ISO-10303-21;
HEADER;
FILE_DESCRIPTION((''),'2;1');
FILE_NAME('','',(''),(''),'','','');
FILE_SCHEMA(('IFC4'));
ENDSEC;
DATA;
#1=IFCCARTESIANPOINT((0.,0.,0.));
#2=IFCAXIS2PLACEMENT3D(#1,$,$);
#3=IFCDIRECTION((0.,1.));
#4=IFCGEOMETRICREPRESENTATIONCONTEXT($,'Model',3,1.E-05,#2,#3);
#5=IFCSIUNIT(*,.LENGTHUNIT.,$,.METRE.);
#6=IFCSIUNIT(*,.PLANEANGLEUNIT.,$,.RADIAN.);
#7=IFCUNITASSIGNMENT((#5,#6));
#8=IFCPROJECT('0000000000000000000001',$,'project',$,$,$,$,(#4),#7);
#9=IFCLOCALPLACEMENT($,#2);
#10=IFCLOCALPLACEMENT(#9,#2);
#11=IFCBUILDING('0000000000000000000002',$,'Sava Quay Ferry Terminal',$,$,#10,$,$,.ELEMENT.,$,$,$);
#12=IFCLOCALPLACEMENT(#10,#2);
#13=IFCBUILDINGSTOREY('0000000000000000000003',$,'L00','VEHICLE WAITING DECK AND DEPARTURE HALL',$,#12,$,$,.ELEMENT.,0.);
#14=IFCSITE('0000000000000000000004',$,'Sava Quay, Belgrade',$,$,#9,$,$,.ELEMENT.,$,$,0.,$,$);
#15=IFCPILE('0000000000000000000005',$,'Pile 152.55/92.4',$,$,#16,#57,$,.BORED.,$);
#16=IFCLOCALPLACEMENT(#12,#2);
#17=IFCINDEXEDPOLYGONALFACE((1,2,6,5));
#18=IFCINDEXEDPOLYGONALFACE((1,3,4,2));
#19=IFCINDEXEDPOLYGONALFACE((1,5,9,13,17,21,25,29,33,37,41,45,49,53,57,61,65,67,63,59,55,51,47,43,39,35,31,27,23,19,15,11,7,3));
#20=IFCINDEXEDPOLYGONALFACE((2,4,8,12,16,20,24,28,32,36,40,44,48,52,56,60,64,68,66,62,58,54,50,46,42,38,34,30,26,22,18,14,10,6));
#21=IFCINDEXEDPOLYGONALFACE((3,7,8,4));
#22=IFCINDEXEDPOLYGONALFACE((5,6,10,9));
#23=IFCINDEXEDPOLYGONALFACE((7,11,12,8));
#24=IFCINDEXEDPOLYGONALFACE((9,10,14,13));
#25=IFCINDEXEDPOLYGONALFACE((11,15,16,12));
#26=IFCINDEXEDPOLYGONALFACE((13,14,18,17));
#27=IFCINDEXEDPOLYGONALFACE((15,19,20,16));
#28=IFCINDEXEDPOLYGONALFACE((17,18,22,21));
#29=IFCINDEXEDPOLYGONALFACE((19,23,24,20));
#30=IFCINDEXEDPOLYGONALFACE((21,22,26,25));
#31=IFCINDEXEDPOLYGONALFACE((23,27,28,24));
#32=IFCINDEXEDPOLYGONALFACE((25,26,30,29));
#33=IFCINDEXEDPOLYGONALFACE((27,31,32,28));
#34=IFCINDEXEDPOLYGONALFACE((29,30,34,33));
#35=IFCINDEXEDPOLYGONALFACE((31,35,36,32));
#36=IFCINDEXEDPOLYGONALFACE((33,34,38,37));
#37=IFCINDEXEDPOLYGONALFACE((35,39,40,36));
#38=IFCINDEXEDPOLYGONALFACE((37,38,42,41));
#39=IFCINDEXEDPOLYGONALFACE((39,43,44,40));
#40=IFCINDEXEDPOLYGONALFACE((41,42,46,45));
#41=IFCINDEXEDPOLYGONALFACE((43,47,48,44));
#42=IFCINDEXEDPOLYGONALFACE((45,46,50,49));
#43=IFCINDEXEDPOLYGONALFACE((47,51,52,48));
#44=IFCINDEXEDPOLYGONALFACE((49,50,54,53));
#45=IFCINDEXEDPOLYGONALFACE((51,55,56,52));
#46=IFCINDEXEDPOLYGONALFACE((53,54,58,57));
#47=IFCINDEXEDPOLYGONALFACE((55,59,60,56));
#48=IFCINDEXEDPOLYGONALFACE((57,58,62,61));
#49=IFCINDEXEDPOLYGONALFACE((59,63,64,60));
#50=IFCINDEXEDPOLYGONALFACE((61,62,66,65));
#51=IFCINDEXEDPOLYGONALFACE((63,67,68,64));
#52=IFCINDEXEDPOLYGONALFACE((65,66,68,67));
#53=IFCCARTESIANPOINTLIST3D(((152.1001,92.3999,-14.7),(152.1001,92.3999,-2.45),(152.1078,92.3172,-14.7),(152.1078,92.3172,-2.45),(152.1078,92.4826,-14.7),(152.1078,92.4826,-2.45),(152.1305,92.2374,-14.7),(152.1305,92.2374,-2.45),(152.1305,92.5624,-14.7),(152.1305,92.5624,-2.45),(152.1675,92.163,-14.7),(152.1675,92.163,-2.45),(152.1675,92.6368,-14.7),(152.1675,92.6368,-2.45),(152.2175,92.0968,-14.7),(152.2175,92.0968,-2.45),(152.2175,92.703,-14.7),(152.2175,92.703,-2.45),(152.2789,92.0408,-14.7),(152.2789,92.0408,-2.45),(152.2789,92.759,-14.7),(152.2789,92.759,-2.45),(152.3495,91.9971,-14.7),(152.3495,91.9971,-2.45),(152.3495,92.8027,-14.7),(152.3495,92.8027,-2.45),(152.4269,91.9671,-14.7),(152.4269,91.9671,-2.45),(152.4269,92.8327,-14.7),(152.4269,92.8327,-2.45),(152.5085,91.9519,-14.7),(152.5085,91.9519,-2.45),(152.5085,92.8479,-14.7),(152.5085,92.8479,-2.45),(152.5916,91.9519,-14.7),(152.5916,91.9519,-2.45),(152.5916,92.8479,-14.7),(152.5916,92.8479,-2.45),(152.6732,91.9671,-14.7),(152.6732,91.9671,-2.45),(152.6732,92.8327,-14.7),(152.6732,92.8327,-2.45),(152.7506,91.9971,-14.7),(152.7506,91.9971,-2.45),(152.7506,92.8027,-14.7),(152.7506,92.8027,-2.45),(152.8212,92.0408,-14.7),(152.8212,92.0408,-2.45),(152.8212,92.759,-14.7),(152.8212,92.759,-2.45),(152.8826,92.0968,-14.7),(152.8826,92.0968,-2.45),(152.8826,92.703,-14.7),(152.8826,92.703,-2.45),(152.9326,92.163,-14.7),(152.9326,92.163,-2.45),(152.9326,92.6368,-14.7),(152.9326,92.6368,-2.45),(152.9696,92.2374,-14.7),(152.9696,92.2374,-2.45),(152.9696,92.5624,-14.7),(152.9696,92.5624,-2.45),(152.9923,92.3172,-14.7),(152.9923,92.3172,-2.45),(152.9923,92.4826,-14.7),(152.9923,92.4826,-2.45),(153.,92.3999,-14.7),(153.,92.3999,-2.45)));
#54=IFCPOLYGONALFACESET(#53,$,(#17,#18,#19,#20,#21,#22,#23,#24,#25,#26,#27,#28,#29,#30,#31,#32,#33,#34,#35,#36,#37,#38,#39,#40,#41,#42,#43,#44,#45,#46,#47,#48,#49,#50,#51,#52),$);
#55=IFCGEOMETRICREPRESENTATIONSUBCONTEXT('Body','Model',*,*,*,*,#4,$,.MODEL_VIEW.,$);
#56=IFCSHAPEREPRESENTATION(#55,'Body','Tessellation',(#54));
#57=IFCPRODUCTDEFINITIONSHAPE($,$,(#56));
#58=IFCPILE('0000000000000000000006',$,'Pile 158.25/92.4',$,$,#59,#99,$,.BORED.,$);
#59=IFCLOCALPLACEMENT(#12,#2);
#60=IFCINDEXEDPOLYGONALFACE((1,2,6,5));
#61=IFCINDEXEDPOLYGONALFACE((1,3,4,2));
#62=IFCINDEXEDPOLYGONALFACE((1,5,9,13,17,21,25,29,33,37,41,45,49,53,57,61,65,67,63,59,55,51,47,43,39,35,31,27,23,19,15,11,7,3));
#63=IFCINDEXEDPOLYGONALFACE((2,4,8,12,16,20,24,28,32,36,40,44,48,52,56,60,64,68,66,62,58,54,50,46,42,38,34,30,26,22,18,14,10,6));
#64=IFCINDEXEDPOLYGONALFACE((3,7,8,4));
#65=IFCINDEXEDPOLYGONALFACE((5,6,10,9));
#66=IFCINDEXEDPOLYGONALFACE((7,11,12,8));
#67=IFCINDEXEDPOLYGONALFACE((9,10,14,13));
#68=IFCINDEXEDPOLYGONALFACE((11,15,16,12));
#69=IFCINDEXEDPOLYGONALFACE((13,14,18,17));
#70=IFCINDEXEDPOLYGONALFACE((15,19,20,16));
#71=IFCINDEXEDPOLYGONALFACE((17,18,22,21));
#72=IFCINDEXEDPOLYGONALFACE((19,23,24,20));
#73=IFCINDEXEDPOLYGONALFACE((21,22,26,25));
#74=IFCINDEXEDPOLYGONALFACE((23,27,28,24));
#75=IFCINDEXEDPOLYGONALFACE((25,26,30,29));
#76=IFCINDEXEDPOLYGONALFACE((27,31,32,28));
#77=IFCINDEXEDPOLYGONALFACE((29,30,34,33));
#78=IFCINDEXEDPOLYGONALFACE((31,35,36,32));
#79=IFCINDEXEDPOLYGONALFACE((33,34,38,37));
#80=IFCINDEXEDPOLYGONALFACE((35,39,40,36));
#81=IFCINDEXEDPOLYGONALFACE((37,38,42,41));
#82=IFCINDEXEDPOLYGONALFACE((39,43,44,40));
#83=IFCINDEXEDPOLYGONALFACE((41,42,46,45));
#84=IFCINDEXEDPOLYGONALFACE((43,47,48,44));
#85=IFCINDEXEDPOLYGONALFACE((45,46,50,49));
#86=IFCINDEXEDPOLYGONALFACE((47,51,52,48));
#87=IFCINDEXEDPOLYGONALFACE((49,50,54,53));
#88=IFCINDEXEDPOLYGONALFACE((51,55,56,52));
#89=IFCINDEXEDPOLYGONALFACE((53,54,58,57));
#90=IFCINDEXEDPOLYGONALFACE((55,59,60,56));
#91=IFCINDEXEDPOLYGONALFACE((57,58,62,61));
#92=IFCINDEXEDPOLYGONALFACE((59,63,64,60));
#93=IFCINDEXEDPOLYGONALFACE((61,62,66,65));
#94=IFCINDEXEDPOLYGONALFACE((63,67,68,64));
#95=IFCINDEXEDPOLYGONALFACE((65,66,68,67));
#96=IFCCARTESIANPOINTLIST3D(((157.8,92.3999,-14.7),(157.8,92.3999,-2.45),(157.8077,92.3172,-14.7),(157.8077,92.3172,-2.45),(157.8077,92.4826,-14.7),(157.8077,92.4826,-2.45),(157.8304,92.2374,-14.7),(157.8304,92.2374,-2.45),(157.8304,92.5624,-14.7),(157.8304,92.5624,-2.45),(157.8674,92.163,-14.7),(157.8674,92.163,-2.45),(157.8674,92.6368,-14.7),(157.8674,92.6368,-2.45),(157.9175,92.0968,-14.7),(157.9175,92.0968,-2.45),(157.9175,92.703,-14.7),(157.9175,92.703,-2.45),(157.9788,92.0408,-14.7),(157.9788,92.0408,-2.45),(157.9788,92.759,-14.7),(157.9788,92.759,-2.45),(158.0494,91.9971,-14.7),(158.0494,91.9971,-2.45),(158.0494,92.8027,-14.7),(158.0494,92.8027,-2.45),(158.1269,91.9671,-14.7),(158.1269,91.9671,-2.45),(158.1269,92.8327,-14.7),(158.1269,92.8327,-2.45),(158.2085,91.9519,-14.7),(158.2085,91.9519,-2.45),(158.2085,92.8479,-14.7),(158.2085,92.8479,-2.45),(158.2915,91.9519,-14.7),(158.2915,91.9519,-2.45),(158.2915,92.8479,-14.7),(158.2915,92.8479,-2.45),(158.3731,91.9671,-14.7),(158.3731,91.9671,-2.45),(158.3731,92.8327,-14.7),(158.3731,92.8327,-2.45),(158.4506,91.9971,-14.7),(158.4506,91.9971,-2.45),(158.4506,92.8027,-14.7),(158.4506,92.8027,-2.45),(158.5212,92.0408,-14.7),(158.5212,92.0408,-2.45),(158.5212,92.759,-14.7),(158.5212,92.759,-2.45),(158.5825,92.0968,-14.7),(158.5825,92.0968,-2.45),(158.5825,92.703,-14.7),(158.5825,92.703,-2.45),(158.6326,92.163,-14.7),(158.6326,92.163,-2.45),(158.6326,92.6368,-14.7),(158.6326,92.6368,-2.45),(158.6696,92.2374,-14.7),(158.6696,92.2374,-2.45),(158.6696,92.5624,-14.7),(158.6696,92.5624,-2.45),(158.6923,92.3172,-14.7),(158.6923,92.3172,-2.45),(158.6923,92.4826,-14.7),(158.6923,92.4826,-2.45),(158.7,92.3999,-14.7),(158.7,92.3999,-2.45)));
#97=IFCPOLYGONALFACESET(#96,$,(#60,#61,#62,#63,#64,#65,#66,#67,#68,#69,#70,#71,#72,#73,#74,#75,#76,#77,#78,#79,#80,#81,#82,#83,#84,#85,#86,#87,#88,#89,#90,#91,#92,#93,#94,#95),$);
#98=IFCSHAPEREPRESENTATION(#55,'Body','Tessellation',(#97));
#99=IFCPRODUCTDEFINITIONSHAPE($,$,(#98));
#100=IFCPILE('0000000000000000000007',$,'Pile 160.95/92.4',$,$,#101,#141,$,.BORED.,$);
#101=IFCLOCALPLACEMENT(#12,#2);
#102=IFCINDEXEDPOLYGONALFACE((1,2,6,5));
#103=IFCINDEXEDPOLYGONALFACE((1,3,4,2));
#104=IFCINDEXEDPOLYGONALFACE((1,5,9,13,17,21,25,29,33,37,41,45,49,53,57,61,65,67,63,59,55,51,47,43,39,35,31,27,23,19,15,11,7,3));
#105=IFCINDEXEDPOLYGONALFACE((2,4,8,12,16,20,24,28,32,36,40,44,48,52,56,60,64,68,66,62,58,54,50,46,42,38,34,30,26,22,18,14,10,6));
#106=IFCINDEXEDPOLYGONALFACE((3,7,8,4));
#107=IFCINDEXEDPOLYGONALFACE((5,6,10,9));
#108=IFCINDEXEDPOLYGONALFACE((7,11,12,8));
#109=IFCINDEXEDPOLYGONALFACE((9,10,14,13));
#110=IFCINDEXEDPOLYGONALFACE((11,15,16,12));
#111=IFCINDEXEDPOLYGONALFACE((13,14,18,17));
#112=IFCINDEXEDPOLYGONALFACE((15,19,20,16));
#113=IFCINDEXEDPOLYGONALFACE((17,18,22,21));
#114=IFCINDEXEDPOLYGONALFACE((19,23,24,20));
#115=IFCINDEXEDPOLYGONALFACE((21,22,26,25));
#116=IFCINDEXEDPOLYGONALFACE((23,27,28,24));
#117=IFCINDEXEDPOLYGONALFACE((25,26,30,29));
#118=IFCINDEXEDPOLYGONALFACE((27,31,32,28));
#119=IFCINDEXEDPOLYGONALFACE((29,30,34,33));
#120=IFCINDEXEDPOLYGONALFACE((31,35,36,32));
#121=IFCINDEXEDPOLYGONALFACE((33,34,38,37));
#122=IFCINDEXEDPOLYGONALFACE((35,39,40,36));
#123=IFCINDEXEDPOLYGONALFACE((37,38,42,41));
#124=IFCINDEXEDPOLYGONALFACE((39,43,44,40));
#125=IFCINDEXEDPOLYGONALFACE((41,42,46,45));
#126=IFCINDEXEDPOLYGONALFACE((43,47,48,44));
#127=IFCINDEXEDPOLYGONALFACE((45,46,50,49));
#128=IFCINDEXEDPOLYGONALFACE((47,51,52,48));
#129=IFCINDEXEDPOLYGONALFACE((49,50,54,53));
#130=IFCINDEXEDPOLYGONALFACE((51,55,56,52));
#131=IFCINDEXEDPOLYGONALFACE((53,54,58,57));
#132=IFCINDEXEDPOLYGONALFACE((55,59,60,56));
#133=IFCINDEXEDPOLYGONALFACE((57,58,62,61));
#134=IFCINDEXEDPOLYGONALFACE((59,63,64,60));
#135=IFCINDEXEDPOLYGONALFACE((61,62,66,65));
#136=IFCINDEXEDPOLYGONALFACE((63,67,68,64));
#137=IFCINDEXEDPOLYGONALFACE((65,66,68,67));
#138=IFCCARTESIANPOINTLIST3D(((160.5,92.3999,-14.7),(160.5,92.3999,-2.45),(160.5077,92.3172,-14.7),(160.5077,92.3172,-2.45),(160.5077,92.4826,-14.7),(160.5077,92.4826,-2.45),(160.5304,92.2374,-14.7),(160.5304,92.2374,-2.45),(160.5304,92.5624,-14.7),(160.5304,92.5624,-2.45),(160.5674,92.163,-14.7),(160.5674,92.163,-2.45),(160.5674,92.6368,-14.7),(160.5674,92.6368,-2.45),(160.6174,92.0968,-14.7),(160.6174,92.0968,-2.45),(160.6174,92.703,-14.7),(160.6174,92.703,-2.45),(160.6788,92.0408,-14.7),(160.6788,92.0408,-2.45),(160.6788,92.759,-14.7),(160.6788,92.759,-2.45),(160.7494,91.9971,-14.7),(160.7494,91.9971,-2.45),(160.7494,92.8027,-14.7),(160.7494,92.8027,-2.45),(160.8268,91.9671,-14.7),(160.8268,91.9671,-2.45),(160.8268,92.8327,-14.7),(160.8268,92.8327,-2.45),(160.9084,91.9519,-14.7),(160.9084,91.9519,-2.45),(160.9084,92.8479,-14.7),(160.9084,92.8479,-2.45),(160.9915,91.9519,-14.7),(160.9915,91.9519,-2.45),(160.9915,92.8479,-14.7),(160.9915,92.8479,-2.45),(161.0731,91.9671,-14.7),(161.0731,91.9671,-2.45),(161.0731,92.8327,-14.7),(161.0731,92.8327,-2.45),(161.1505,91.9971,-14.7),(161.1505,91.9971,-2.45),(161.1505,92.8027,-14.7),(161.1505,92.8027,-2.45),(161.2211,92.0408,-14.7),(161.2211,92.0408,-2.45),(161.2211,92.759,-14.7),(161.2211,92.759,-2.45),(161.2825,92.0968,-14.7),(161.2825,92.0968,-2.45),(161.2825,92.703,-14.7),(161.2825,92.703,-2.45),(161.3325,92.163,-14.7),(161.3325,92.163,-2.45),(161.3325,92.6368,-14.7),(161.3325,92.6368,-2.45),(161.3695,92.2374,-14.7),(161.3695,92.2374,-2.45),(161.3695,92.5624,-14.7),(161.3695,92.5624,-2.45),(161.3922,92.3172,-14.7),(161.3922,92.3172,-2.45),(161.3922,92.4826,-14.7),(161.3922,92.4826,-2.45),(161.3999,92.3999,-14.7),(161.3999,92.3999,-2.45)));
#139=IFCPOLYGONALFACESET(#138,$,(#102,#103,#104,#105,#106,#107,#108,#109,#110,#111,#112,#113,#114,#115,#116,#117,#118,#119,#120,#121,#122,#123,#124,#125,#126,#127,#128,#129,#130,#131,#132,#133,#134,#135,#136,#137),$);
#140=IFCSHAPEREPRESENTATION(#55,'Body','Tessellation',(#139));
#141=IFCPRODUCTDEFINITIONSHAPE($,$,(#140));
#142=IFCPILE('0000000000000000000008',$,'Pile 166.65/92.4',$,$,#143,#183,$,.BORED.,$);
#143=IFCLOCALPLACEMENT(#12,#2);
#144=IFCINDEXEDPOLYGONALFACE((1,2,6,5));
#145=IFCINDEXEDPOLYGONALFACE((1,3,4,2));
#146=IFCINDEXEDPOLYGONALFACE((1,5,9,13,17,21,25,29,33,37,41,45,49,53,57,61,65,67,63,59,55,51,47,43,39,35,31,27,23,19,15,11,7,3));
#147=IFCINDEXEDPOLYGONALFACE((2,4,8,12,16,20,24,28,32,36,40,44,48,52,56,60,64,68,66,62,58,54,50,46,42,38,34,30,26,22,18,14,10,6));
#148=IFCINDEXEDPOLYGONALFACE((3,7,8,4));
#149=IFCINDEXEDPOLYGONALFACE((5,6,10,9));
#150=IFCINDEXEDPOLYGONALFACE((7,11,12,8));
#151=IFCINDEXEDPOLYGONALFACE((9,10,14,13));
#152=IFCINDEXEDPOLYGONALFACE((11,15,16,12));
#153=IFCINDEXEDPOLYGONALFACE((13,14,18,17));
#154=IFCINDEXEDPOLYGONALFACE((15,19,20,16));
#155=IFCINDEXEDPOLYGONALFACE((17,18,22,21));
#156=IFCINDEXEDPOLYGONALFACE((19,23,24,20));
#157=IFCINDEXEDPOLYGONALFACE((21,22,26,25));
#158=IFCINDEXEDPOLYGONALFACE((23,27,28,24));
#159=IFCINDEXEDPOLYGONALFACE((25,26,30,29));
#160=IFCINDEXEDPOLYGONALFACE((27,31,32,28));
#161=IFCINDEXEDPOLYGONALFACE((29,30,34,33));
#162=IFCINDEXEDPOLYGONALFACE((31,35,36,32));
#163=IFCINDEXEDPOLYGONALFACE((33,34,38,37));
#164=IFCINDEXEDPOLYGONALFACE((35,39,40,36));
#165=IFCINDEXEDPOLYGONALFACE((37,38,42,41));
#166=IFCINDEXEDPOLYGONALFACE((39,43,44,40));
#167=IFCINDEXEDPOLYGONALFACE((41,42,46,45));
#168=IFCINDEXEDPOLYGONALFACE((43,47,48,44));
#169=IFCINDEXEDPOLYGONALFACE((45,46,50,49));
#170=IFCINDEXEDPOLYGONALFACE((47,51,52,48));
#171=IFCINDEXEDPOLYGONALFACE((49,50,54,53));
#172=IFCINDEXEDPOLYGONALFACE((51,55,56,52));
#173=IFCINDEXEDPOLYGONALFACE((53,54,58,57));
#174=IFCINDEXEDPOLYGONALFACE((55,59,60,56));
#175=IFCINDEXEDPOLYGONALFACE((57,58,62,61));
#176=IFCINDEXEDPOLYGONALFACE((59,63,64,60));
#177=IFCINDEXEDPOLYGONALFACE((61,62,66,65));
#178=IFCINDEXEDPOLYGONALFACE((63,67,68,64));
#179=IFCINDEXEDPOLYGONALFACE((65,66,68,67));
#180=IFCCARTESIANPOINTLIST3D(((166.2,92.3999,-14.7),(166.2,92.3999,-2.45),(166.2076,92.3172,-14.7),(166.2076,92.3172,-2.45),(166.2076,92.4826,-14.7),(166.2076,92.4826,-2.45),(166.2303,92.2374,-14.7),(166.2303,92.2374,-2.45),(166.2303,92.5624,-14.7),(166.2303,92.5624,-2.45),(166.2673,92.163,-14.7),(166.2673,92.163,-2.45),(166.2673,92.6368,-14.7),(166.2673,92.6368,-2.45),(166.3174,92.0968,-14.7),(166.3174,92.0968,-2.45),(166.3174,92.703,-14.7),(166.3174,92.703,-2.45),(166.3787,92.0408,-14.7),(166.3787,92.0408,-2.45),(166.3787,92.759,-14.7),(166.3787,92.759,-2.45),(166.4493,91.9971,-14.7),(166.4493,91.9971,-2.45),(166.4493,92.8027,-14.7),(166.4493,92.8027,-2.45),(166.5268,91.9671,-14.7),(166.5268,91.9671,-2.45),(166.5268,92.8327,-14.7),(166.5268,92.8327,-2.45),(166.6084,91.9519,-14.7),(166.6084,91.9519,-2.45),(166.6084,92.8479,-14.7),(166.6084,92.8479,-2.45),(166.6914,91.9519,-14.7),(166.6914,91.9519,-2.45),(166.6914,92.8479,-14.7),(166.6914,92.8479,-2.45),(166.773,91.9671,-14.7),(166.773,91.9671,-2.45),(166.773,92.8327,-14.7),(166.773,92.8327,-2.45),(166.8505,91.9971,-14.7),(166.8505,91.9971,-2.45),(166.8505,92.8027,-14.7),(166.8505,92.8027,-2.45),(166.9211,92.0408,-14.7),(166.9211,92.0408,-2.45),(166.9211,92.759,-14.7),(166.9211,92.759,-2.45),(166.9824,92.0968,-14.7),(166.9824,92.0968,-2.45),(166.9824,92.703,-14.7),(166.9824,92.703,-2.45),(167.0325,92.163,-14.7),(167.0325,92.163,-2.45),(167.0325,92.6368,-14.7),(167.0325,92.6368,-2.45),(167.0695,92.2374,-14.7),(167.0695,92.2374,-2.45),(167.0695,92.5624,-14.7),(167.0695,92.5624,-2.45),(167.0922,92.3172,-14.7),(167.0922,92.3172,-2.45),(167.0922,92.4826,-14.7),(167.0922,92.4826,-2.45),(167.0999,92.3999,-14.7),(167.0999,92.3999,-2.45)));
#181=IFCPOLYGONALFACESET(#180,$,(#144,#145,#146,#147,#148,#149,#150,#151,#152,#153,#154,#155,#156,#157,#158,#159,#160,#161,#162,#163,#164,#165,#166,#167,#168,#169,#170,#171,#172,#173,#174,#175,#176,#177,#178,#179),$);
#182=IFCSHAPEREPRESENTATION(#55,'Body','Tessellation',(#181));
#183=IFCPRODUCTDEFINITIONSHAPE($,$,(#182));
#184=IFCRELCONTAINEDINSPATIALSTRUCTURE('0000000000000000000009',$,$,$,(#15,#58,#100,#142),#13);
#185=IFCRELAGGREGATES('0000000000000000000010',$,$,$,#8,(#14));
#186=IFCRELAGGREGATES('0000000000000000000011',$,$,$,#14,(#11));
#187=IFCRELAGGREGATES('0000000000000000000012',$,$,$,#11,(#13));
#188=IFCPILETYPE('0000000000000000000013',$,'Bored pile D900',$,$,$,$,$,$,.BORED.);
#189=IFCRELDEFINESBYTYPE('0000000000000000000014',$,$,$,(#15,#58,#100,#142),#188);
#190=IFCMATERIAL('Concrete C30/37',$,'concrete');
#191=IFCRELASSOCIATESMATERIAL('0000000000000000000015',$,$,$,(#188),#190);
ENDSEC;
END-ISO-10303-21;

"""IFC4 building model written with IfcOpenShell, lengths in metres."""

from ifc_helpers import new_model, si_unit, direction, frame, origin, origin_2d, place, context, subcontext, project, spatial, circle, extrude, material, material_profile, profile_set, type_object, element, save


model = new_model("IFC4")

# Units and contexts
model_context = context("Model", 3, precision=1e-05, world=origin(), true_north=direction((0.0, 1.0)))
body_context = subcontext(model_context, "Body", "Model", "MODEL_VIEW")
ifc_project = project(units=[si_unit("LENGTHUNIT", "METRE"), si_unit("PLANEANGLEUNIT", "RADIAN")], contexts=[model_context])

# Site, building, storey
site_placement = place(None, origin())
site = spatial("IfcSite", under=ifc_project, at=site_placement, Name="Sava Quay, Belgrade", CompositionType="ELEMENT", RefElevation=0.0)
building_placement = place(site_placement, origin())
building = spatial("IfcBuilding", under=site, at=building_placement, Name="Sava Quay Ferry Terminal", CompositionType="ELEMENT")
storey_placement = place(building_placement, origin())
storey = spatial("IfcBuildingStorey", under=building, at=storey_placement, Name="L00", Description="VEHICLE WAITING DECK AND DEPARTURE HALL", CompositionType="ELEMENT", Elevation=0.0)

# Piles
ifc_material_1 = material(Name="Concrete C30/37", Category="concrete")
ifc_material_profile_1 = material_profile(ifc_material_1, circle(Radius=0.45, at=origin_2d()), Name="Bored pile D900")
ifc_profile_set_1 = profile_set([ifc_material_profile_1], Name="Concrete C30/37")
pile_type = type_object("IfcPileType", Name="Bored pile D900", PredefinedType="BORED", material=ifc_profile_set_1)
for number, where, z_axis, x_axis, name in (
    (1, (152.55, 92.3999, -2.45), (0.0, 0.0, -1.0), (1.0, 0.0, 0.0), "Pile 152.55/92.4"),
    (2, (158.25, 92.3999, -2.45), (0.0, 0.0, -1.0), (1.0, 0.0, 0.0), "Pile 158.25/92.4"),
    (3, (160.95, 92.3999, -2.45), (0.0, 0.0, -1.0), (1.0, 0.0, 0.0), "Pile 160.95/92.4"),
    (4, (166.6499, 92.3999, -2.45), (0.0, 0.0, -1.0), (1.0, 0.0, 0.0), "Pile 166.65/92.4"),
):
    element("IfcPile", number, at=place(storey_placement, frame(where, z_axis=z_axis, x_axis=x_axis)), inside=storey, type_object=pile_type, Name=name, PredefinedType="BORED", context=body_context, shape_type="SweptSolid", body=[
        extrude(circle(Radius=0.45, at=origin_2d()), origin(), (0.0, 0.0, 1.0), 12.25),
    ])

save(model, "model.ifc")
